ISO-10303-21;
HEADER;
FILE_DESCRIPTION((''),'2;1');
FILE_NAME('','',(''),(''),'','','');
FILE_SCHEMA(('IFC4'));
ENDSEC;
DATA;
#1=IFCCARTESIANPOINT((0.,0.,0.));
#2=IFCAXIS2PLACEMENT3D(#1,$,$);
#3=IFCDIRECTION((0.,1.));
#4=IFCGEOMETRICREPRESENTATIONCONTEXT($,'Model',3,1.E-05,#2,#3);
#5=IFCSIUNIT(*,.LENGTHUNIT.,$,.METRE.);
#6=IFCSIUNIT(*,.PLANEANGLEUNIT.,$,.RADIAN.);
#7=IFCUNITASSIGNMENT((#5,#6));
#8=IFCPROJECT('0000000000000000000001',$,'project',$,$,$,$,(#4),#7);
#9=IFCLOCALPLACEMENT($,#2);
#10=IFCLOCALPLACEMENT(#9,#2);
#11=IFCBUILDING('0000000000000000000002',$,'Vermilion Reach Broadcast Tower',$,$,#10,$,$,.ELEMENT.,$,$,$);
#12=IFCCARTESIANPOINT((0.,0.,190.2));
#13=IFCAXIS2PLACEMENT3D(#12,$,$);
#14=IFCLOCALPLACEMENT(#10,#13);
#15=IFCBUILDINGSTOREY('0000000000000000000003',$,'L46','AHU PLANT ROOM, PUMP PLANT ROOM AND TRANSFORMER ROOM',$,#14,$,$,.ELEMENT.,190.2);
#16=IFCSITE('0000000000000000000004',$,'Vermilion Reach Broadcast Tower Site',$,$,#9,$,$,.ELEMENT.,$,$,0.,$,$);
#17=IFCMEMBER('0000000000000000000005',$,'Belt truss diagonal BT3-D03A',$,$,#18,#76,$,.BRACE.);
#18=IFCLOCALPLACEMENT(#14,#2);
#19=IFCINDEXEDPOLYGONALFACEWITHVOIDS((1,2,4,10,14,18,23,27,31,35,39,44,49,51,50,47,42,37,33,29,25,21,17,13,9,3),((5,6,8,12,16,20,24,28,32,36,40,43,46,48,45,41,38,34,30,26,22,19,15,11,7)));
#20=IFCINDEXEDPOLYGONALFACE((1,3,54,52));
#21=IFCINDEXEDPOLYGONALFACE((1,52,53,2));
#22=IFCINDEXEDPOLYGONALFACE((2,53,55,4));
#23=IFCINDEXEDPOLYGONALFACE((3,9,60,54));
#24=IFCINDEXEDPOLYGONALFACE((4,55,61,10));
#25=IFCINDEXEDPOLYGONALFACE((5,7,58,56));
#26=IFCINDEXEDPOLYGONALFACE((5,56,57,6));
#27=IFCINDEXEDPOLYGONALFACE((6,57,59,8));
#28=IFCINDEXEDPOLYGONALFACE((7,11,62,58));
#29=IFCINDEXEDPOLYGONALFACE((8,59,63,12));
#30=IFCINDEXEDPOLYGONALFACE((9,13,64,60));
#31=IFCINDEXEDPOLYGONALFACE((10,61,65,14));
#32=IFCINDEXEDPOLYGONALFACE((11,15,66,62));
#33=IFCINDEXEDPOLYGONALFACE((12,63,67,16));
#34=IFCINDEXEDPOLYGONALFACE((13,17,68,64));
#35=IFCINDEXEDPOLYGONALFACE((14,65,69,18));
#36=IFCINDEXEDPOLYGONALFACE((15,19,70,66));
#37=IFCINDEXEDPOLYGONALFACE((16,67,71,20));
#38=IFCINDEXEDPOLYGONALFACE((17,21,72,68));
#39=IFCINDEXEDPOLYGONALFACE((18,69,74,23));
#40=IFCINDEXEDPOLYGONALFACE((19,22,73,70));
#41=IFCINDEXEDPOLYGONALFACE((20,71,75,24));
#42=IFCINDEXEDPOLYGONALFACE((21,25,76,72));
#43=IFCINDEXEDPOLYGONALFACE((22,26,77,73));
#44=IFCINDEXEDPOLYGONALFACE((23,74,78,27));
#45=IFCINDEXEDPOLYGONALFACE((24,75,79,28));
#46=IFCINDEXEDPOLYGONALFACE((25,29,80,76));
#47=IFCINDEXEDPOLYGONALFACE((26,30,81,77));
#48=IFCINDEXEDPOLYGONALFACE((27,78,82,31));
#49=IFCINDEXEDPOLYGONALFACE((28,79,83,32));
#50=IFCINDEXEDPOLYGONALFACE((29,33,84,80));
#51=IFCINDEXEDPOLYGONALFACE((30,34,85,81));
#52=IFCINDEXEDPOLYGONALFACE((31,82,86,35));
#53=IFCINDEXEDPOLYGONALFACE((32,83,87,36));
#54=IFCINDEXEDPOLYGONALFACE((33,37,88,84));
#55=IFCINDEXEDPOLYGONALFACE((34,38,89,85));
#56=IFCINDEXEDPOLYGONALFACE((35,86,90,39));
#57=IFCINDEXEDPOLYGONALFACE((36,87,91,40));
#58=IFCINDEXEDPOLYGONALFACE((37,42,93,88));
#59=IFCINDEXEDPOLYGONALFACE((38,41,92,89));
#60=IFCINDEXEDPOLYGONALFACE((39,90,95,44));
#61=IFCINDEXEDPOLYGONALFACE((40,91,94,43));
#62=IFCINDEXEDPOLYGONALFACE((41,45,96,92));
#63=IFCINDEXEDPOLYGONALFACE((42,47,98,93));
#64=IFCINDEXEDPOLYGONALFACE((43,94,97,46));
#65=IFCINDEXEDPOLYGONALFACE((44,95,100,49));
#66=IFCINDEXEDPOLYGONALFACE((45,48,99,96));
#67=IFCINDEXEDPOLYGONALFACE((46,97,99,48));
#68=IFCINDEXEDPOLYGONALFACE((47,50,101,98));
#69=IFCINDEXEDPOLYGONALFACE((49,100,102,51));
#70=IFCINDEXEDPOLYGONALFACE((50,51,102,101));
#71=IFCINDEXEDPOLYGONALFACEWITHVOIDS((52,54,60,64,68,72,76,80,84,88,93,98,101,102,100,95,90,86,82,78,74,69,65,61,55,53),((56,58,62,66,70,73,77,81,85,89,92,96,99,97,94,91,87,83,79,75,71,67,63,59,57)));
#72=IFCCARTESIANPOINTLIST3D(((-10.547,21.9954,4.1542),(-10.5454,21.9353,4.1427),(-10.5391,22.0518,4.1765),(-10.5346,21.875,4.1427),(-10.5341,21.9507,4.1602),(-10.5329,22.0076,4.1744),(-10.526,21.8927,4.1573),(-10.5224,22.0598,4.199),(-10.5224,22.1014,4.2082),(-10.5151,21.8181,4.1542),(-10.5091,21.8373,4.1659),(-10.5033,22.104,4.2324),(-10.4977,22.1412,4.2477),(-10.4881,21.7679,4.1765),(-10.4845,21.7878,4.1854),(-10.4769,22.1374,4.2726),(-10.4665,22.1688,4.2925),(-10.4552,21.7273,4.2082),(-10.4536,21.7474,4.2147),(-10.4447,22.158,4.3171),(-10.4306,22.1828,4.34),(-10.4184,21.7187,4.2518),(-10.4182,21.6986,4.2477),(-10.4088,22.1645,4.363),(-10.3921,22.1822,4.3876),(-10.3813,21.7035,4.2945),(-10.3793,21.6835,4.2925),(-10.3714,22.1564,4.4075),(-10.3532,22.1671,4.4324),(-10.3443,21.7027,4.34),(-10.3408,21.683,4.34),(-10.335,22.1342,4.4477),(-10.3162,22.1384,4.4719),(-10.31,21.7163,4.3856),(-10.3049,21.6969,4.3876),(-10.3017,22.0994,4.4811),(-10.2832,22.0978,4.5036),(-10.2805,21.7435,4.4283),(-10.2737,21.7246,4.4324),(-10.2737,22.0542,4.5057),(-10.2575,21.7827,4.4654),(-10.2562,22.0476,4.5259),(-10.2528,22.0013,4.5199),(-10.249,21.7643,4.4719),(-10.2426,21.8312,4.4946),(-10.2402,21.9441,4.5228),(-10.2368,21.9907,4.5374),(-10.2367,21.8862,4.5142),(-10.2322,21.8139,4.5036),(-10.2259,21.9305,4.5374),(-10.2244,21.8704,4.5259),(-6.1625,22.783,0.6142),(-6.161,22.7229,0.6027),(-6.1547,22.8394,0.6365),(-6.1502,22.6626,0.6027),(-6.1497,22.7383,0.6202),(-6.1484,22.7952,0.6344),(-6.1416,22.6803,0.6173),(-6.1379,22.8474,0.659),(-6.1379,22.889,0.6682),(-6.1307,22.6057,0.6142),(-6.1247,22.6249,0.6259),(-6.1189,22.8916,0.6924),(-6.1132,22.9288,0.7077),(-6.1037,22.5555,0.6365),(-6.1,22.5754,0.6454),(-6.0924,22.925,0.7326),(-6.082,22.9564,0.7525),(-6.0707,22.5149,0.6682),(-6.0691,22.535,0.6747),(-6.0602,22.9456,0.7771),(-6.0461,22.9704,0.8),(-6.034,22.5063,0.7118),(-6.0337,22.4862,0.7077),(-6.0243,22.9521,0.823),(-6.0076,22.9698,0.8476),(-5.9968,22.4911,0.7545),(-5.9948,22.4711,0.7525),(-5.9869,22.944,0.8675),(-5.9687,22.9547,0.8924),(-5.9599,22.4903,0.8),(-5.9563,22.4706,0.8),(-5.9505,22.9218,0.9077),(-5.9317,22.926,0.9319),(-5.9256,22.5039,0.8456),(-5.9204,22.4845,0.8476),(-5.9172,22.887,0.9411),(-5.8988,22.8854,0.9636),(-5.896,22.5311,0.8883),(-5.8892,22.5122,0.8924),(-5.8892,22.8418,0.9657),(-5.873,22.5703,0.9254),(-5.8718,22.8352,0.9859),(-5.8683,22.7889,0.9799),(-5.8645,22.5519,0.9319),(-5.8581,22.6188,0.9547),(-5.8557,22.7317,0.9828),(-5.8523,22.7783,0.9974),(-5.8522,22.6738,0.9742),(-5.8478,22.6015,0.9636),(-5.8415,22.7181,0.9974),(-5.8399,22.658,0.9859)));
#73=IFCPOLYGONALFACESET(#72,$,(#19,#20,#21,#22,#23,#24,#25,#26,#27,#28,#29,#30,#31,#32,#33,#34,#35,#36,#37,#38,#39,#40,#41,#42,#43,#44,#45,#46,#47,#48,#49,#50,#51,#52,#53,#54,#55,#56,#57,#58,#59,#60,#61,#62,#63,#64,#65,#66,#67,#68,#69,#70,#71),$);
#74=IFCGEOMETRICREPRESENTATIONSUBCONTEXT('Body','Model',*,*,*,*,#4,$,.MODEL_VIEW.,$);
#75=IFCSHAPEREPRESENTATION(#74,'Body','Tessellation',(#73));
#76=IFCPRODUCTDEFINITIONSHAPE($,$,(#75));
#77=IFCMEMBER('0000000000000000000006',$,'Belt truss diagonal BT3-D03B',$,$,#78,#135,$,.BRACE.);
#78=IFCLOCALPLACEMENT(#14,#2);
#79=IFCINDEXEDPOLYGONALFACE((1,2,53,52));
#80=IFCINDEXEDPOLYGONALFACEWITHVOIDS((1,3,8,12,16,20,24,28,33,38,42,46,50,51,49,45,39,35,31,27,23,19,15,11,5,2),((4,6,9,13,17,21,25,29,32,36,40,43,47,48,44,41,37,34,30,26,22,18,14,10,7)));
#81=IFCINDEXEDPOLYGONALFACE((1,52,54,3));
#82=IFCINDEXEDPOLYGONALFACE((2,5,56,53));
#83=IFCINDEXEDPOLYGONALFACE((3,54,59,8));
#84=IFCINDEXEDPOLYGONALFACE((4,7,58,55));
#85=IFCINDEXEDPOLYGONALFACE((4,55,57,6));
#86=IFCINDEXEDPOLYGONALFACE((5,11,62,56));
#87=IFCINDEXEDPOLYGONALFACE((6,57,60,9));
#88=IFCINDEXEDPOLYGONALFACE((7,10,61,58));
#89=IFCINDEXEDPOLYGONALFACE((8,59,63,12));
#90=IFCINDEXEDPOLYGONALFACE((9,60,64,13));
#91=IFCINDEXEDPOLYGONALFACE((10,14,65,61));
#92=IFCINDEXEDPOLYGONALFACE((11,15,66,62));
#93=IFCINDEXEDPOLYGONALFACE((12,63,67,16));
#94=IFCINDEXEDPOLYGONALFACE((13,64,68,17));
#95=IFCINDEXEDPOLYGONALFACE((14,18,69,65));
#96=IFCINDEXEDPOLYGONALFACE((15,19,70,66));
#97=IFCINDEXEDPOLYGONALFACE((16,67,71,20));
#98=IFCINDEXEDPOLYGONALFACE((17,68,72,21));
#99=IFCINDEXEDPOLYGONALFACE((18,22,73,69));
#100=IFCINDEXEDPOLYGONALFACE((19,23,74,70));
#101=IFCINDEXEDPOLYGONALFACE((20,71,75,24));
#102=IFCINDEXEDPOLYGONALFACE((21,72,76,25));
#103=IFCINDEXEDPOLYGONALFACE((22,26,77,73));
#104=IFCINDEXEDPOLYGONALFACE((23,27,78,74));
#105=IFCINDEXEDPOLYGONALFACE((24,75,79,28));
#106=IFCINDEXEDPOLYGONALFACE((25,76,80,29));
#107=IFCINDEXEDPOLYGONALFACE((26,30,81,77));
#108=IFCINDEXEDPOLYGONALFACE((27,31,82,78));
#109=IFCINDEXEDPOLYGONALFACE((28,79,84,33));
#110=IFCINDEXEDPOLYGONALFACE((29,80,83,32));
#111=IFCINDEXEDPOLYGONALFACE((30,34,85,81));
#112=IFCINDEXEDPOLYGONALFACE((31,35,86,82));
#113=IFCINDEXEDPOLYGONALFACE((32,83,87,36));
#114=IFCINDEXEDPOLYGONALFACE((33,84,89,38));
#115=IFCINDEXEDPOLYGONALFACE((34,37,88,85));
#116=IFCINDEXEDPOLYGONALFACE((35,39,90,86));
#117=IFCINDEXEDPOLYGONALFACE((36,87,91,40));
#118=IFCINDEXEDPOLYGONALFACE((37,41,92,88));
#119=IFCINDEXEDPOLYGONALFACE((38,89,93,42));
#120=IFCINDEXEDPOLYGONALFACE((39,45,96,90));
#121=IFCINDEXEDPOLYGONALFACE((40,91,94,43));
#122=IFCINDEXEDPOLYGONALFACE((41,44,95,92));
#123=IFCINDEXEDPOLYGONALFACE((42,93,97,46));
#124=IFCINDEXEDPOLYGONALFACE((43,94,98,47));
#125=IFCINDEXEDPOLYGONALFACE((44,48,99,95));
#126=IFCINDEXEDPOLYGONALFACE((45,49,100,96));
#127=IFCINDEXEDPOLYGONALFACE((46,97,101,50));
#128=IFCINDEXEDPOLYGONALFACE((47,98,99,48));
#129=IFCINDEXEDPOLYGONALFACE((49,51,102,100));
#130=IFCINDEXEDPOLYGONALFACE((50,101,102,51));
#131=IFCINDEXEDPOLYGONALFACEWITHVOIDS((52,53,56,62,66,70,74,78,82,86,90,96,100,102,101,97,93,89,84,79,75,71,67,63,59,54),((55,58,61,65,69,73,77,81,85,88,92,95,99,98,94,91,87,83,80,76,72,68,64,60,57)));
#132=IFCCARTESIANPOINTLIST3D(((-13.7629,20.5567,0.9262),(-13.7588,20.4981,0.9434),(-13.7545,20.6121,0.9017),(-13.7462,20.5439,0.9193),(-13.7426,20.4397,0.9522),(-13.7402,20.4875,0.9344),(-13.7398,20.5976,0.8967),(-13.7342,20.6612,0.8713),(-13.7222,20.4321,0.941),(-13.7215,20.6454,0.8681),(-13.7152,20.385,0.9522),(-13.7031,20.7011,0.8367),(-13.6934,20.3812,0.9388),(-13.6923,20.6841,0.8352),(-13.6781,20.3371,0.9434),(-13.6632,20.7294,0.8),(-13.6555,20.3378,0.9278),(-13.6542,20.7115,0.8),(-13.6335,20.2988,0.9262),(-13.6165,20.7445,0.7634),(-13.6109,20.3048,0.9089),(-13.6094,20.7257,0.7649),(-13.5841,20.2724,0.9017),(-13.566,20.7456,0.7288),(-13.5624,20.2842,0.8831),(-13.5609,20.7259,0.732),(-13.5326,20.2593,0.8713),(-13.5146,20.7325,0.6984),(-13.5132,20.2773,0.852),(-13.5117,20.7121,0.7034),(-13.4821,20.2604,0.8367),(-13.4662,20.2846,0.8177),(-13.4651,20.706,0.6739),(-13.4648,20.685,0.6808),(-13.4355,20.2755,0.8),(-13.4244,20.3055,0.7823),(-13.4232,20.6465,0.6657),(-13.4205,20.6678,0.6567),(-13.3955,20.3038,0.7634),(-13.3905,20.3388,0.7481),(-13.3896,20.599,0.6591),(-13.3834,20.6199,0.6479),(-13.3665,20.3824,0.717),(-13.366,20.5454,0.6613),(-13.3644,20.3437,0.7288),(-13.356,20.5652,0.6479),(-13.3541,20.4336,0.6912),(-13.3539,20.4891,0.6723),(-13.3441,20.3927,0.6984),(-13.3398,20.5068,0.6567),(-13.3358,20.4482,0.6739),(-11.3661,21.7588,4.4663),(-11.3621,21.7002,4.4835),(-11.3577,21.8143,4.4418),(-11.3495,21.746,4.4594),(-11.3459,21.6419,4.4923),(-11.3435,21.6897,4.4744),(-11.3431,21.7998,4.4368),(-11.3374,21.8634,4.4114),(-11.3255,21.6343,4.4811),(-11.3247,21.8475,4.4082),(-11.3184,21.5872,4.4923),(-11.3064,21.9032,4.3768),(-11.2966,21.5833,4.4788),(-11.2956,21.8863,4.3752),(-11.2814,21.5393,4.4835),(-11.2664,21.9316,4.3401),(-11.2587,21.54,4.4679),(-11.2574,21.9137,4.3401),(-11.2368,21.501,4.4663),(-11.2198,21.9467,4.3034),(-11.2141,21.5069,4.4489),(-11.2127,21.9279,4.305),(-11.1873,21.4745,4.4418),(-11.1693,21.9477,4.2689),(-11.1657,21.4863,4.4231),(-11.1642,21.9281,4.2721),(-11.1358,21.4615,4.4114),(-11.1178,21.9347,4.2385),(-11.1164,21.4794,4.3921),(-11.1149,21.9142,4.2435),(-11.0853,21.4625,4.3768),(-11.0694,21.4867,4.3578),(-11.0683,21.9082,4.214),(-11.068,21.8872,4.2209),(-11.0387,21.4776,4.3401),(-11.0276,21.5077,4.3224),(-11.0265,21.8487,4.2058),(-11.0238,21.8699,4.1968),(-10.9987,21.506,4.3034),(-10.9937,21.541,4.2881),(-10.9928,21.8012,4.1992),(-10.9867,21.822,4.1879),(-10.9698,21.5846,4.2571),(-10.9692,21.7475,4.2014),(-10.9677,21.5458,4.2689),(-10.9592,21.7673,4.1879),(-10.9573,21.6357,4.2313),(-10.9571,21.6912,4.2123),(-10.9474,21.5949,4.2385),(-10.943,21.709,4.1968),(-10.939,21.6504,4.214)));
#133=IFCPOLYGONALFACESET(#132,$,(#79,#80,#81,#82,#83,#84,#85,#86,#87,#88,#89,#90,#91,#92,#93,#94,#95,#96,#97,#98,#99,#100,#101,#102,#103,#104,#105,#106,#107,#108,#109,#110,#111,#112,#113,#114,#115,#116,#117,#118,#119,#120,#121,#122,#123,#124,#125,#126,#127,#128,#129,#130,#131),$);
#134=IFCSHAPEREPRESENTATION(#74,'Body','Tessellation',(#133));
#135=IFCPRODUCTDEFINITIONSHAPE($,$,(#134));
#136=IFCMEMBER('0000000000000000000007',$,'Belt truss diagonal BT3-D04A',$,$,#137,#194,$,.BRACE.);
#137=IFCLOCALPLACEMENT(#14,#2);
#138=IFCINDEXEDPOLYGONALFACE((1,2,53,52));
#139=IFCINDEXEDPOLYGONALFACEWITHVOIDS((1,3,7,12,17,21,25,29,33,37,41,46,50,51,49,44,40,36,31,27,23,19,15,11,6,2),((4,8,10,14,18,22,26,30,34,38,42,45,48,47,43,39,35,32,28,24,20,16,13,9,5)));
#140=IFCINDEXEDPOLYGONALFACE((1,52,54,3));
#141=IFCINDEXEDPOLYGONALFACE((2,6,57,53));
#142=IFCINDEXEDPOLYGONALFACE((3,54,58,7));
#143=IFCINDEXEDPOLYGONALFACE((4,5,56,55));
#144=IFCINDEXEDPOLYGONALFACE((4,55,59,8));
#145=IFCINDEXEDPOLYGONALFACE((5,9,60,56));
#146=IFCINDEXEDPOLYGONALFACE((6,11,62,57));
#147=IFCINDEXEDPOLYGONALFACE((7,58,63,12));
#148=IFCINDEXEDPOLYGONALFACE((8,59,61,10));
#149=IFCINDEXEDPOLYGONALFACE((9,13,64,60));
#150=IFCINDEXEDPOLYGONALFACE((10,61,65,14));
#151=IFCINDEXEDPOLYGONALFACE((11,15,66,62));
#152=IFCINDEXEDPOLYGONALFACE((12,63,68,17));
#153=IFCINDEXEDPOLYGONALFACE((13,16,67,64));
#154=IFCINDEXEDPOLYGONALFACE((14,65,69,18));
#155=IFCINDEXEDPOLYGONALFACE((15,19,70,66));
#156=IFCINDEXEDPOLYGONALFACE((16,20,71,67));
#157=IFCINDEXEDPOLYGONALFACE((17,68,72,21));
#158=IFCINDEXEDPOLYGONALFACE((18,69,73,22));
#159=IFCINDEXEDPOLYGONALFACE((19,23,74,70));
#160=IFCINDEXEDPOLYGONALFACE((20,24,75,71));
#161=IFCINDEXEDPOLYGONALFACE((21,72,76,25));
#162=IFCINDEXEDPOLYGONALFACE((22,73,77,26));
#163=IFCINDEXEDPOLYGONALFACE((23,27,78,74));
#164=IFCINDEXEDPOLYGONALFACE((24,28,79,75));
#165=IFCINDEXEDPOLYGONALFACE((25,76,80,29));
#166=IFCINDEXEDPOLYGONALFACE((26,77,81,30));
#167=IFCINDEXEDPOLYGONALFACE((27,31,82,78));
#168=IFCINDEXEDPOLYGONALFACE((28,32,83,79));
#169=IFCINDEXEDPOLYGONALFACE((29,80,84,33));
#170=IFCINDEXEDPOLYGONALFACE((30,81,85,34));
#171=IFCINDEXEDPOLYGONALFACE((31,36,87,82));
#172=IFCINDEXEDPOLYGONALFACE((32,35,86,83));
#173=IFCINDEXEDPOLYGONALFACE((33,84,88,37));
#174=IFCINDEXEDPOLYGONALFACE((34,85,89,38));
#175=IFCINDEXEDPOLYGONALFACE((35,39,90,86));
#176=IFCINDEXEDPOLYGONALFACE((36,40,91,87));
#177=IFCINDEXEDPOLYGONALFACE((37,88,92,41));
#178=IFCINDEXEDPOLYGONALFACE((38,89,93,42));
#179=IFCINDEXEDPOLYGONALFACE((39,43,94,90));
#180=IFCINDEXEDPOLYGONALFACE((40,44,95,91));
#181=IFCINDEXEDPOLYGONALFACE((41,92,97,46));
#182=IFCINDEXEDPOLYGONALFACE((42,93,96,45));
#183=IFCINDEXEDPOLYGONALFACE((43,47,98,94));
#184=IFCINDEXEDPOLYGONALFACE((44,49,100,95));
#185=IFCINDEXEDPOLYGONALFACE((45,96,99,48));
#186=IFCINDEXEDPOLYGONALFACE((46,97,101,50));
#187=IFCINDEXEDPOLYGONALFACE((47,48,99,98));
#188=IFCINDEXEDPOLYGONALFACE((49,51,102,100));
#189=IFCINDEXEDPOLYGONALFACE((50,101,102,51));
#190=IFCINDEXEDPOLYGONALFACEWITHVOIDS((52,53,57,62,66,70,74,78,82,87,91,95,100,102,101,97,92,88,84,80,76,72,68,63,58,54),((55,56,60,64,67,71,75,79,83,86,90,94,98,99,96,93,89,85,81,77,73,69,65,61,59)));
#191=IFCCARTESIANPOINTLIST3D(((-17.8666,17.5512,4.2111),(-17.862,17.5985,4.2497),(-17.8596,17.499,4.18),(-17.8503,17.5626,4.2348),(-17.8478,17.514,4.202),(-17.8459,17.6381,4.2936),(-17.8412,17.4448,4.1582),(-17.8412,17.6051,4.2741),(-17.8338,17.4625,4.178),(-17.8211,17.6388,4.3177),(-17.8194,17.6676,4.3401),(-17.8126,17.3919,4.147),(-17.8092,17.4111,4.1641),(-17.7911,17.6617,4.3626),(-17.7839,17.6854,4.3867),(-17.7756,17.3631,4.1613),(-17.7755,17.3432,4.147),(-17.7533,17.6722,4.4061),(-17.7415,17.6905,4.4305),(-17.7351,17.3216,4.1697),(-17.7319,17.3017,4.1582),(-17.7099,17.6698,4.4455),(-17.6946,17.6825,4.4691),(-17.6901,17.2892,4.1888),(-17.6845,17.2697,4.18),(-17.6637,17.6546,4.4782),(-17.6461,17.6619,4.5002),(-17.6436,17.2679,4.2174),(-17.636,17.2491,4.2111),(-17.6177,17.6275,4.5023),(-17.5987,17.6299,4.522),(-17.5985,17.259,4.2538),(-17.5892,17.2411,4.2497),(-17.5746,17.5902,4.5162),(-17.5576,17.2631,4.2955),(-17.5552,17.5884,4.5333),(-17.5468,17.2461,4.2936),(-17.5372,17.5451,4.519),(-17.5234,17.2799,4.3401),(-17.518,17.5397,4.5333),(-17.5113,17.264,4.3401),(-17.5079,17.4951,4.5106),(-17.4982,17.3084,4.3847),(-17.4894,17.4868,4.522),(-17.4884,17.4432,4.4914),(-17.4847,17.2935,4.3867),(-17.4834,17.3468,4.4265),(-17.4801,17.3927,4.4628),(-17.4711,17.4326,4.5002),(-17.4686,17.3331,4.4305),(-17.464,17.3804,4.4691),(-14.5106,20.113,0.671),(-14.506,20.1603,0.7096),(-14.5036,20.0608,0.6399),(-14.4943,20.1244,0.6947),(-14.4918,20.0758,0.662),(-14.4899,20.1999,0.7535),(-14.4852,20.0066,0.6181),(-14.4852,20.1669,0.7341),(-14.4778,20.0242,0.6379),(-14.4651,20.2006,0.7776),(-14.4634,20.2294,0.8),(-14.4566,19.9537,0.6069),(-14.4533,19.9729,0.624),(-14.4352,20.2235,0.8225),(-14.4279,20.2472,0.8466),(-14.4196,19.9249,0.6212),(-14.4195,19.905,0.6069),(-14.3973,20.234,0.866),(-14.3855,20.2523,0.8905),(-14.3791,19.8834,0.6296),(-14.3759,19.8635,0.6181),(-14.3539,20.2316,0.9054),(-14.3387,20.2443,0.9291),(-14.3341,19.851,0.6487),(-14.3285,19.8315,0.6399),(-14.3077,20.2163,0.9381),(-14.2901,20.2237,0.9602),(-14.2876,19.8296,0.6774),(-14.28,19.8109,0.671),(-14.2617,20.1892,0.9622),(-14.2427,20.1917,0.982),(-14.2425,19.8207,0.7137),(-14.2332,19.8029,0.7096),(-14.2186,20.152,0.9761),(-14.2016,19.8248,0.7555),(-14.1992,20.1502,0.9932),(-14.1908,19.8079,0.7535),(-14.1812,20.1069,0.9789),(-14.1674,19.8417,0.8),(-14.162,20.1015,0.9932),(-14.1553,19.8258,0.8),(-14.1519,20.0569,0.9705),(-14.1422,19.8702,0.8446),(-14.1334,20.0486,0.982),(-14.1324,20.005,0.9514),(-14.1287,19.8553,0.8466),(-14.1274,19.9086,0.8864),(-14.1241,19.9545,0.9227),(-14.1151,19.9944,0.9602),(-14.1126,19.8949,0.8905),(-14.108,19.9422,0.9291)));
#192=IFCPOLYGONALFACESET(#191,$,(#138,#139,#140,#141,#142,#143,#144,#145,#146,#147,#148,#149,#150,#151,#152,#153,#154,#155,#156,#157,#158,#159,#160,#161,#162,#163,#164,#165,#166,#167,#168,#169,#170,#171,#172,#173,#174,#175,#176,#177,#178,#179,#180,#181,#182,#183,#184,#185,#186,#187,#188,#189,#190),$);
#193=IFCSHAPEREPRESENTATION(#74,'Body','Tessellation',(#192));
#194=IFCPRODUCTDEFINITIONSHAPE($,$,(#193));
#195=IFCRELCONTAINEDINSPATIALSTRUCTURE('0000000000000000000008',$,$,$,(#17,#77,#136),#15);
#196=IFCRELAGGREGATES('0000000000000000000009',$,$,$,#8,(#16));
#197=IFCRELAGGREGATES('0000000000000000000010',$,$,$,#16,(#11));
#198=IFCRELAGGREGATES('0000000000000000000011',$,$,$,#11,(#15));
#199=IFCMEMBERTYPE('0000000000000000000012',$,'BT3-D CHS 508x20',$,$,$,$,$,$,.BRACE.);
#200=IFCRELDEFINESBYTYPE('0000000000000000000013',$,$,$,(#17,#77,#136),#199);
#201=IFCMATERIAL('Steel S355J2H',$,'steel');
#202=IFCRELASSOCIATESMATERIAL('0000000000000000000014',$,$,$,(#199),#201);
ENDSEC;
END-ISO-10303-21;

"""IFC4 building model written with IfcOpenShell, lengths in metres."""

from ifc_helpers import new_model, si_unit, direction, frame, origin, origin_2d, place, context, subcontext, project, spatial, hollow_circle, extrude, material, material_profile, profile_set, type_object, element, save


model = new_model("IFC4")

# Units and contexts
model_context = context("Model", 3, precision=1e-05, world=origin(), true_north=direction((0.0, 1.0)))
body_context = subcontext(model_context, "Body", "Model", "MODEL_VIEW")
ifc_project = project(units=[si_unit("LENGTHUNIT", "METRE"), si_unit("PLANEANGLEUNIT", "RADIAN")], contexts=[model_context])

# Site, building, storey
site_placement = place(None, origin())
site = spatial("IfcSite", under=ifc_project, at=site_placement, Name="Vermilion Reach Broadcast Tower Site", CompositionType="ELEMENT", RefElevation=0.0)
building_placement = place(site_placement, origin())
building = spatial("IfcBuilding", under=site, at=building_placement, Name="Vermilion Reach Broadcast Tower", CompositionType="ELEMENT")
storey_placement = place(building_placement, frame((0.0, 0.0, 190.2)))
storey = spatial("IfcBuildingStorey", under=building, at=storey_placement, Name="L46", Description="AHU PLANT ROOM, PUMP PLANT ROOM AND TRANSFORMER ROOM", CompositionType="ELEMENT", Elevation=190.2)

# Members
ifc_material_1 = material(Name="Steel S355J2H", Category="steel")
ifc_material_profile_1 = material_profile(ifc_material_1, hollow_circle(Radius=0.2539, WallThickness=0.02, at=origin_2d()), Name="S355J2H CHS 508x20")
ifc_profile_set_1 = profile_set([ifc_material_profile_1], Name="Steel S355J2H")
member_type_1 = type_object("IfcMemberType", Name="BT3-D CHS 508x20", PredefinedType="BRACE", material=ifc_profile_set_1)
member_1_placement = place(storey_placement, frame((-6.0012, 22.7205, 0.8), z_axis=(-0.770565, -0.138418, 0.62215), x_axis=(0.176802, -0.984247, 0.0)))
element("IfcMember", 1, at=member_1_placement, inside=storey, type_object=member_type_1, Name="Belt truss diagonal BT3-D03A", PredefinedType="BRACE", context=body_context, shape_type="SweptSolid", body=[
    extrude(hollow_circle(Radius=0.2539, WallThickness=0.02, at=origin_2d()), origin(), (0.0, 0.0, 1.0), 5.6899),
])
member_2_placement = place(storey_placement, frame((-13.5493, 20.5024, 0.8), z_axis=(0.539698, 0.270701, 0.79715), x_axis=(-0.448342, 0.893862, 0.0)))
element("IfcMember", 2, at=member_2_placement, inside=storey, type_object=member_type_1, Name="Belt truss diagonal BT3-D03B", PredefinedType="BRACE", context=body_context, shape_type="SweptSolid", body=[
    extrude(hollow_circle(Radius=0.2539, WallThickness=0.02, at=origin_2d()), origin(), (0.0, 0.0, 1.0), 4.4409),
])
member_3_placement = place(storey_placement, frame((-14.3093, 20.0276, 0.8), z_axis=(-0.609098, -0.464955, 0.642508), x_axis=(0.606769, -0.794878, 0.0)))
element("IfcMember", 3, at=member_3_placement, inside=storey, type_object=member_type_1, Name="Belt truss diagonal BT3-D04A", PredefinedType="BRACE", context=body_context, shape_type="SweptSolid", body=[
    extrude(hollow_circle(Radius=0.2539, WallThickness=0.02, at=origin_2d()), origin(), (0.0, 0.0, 1.0), 5.5098),
])

save(model, "model.ifc")
